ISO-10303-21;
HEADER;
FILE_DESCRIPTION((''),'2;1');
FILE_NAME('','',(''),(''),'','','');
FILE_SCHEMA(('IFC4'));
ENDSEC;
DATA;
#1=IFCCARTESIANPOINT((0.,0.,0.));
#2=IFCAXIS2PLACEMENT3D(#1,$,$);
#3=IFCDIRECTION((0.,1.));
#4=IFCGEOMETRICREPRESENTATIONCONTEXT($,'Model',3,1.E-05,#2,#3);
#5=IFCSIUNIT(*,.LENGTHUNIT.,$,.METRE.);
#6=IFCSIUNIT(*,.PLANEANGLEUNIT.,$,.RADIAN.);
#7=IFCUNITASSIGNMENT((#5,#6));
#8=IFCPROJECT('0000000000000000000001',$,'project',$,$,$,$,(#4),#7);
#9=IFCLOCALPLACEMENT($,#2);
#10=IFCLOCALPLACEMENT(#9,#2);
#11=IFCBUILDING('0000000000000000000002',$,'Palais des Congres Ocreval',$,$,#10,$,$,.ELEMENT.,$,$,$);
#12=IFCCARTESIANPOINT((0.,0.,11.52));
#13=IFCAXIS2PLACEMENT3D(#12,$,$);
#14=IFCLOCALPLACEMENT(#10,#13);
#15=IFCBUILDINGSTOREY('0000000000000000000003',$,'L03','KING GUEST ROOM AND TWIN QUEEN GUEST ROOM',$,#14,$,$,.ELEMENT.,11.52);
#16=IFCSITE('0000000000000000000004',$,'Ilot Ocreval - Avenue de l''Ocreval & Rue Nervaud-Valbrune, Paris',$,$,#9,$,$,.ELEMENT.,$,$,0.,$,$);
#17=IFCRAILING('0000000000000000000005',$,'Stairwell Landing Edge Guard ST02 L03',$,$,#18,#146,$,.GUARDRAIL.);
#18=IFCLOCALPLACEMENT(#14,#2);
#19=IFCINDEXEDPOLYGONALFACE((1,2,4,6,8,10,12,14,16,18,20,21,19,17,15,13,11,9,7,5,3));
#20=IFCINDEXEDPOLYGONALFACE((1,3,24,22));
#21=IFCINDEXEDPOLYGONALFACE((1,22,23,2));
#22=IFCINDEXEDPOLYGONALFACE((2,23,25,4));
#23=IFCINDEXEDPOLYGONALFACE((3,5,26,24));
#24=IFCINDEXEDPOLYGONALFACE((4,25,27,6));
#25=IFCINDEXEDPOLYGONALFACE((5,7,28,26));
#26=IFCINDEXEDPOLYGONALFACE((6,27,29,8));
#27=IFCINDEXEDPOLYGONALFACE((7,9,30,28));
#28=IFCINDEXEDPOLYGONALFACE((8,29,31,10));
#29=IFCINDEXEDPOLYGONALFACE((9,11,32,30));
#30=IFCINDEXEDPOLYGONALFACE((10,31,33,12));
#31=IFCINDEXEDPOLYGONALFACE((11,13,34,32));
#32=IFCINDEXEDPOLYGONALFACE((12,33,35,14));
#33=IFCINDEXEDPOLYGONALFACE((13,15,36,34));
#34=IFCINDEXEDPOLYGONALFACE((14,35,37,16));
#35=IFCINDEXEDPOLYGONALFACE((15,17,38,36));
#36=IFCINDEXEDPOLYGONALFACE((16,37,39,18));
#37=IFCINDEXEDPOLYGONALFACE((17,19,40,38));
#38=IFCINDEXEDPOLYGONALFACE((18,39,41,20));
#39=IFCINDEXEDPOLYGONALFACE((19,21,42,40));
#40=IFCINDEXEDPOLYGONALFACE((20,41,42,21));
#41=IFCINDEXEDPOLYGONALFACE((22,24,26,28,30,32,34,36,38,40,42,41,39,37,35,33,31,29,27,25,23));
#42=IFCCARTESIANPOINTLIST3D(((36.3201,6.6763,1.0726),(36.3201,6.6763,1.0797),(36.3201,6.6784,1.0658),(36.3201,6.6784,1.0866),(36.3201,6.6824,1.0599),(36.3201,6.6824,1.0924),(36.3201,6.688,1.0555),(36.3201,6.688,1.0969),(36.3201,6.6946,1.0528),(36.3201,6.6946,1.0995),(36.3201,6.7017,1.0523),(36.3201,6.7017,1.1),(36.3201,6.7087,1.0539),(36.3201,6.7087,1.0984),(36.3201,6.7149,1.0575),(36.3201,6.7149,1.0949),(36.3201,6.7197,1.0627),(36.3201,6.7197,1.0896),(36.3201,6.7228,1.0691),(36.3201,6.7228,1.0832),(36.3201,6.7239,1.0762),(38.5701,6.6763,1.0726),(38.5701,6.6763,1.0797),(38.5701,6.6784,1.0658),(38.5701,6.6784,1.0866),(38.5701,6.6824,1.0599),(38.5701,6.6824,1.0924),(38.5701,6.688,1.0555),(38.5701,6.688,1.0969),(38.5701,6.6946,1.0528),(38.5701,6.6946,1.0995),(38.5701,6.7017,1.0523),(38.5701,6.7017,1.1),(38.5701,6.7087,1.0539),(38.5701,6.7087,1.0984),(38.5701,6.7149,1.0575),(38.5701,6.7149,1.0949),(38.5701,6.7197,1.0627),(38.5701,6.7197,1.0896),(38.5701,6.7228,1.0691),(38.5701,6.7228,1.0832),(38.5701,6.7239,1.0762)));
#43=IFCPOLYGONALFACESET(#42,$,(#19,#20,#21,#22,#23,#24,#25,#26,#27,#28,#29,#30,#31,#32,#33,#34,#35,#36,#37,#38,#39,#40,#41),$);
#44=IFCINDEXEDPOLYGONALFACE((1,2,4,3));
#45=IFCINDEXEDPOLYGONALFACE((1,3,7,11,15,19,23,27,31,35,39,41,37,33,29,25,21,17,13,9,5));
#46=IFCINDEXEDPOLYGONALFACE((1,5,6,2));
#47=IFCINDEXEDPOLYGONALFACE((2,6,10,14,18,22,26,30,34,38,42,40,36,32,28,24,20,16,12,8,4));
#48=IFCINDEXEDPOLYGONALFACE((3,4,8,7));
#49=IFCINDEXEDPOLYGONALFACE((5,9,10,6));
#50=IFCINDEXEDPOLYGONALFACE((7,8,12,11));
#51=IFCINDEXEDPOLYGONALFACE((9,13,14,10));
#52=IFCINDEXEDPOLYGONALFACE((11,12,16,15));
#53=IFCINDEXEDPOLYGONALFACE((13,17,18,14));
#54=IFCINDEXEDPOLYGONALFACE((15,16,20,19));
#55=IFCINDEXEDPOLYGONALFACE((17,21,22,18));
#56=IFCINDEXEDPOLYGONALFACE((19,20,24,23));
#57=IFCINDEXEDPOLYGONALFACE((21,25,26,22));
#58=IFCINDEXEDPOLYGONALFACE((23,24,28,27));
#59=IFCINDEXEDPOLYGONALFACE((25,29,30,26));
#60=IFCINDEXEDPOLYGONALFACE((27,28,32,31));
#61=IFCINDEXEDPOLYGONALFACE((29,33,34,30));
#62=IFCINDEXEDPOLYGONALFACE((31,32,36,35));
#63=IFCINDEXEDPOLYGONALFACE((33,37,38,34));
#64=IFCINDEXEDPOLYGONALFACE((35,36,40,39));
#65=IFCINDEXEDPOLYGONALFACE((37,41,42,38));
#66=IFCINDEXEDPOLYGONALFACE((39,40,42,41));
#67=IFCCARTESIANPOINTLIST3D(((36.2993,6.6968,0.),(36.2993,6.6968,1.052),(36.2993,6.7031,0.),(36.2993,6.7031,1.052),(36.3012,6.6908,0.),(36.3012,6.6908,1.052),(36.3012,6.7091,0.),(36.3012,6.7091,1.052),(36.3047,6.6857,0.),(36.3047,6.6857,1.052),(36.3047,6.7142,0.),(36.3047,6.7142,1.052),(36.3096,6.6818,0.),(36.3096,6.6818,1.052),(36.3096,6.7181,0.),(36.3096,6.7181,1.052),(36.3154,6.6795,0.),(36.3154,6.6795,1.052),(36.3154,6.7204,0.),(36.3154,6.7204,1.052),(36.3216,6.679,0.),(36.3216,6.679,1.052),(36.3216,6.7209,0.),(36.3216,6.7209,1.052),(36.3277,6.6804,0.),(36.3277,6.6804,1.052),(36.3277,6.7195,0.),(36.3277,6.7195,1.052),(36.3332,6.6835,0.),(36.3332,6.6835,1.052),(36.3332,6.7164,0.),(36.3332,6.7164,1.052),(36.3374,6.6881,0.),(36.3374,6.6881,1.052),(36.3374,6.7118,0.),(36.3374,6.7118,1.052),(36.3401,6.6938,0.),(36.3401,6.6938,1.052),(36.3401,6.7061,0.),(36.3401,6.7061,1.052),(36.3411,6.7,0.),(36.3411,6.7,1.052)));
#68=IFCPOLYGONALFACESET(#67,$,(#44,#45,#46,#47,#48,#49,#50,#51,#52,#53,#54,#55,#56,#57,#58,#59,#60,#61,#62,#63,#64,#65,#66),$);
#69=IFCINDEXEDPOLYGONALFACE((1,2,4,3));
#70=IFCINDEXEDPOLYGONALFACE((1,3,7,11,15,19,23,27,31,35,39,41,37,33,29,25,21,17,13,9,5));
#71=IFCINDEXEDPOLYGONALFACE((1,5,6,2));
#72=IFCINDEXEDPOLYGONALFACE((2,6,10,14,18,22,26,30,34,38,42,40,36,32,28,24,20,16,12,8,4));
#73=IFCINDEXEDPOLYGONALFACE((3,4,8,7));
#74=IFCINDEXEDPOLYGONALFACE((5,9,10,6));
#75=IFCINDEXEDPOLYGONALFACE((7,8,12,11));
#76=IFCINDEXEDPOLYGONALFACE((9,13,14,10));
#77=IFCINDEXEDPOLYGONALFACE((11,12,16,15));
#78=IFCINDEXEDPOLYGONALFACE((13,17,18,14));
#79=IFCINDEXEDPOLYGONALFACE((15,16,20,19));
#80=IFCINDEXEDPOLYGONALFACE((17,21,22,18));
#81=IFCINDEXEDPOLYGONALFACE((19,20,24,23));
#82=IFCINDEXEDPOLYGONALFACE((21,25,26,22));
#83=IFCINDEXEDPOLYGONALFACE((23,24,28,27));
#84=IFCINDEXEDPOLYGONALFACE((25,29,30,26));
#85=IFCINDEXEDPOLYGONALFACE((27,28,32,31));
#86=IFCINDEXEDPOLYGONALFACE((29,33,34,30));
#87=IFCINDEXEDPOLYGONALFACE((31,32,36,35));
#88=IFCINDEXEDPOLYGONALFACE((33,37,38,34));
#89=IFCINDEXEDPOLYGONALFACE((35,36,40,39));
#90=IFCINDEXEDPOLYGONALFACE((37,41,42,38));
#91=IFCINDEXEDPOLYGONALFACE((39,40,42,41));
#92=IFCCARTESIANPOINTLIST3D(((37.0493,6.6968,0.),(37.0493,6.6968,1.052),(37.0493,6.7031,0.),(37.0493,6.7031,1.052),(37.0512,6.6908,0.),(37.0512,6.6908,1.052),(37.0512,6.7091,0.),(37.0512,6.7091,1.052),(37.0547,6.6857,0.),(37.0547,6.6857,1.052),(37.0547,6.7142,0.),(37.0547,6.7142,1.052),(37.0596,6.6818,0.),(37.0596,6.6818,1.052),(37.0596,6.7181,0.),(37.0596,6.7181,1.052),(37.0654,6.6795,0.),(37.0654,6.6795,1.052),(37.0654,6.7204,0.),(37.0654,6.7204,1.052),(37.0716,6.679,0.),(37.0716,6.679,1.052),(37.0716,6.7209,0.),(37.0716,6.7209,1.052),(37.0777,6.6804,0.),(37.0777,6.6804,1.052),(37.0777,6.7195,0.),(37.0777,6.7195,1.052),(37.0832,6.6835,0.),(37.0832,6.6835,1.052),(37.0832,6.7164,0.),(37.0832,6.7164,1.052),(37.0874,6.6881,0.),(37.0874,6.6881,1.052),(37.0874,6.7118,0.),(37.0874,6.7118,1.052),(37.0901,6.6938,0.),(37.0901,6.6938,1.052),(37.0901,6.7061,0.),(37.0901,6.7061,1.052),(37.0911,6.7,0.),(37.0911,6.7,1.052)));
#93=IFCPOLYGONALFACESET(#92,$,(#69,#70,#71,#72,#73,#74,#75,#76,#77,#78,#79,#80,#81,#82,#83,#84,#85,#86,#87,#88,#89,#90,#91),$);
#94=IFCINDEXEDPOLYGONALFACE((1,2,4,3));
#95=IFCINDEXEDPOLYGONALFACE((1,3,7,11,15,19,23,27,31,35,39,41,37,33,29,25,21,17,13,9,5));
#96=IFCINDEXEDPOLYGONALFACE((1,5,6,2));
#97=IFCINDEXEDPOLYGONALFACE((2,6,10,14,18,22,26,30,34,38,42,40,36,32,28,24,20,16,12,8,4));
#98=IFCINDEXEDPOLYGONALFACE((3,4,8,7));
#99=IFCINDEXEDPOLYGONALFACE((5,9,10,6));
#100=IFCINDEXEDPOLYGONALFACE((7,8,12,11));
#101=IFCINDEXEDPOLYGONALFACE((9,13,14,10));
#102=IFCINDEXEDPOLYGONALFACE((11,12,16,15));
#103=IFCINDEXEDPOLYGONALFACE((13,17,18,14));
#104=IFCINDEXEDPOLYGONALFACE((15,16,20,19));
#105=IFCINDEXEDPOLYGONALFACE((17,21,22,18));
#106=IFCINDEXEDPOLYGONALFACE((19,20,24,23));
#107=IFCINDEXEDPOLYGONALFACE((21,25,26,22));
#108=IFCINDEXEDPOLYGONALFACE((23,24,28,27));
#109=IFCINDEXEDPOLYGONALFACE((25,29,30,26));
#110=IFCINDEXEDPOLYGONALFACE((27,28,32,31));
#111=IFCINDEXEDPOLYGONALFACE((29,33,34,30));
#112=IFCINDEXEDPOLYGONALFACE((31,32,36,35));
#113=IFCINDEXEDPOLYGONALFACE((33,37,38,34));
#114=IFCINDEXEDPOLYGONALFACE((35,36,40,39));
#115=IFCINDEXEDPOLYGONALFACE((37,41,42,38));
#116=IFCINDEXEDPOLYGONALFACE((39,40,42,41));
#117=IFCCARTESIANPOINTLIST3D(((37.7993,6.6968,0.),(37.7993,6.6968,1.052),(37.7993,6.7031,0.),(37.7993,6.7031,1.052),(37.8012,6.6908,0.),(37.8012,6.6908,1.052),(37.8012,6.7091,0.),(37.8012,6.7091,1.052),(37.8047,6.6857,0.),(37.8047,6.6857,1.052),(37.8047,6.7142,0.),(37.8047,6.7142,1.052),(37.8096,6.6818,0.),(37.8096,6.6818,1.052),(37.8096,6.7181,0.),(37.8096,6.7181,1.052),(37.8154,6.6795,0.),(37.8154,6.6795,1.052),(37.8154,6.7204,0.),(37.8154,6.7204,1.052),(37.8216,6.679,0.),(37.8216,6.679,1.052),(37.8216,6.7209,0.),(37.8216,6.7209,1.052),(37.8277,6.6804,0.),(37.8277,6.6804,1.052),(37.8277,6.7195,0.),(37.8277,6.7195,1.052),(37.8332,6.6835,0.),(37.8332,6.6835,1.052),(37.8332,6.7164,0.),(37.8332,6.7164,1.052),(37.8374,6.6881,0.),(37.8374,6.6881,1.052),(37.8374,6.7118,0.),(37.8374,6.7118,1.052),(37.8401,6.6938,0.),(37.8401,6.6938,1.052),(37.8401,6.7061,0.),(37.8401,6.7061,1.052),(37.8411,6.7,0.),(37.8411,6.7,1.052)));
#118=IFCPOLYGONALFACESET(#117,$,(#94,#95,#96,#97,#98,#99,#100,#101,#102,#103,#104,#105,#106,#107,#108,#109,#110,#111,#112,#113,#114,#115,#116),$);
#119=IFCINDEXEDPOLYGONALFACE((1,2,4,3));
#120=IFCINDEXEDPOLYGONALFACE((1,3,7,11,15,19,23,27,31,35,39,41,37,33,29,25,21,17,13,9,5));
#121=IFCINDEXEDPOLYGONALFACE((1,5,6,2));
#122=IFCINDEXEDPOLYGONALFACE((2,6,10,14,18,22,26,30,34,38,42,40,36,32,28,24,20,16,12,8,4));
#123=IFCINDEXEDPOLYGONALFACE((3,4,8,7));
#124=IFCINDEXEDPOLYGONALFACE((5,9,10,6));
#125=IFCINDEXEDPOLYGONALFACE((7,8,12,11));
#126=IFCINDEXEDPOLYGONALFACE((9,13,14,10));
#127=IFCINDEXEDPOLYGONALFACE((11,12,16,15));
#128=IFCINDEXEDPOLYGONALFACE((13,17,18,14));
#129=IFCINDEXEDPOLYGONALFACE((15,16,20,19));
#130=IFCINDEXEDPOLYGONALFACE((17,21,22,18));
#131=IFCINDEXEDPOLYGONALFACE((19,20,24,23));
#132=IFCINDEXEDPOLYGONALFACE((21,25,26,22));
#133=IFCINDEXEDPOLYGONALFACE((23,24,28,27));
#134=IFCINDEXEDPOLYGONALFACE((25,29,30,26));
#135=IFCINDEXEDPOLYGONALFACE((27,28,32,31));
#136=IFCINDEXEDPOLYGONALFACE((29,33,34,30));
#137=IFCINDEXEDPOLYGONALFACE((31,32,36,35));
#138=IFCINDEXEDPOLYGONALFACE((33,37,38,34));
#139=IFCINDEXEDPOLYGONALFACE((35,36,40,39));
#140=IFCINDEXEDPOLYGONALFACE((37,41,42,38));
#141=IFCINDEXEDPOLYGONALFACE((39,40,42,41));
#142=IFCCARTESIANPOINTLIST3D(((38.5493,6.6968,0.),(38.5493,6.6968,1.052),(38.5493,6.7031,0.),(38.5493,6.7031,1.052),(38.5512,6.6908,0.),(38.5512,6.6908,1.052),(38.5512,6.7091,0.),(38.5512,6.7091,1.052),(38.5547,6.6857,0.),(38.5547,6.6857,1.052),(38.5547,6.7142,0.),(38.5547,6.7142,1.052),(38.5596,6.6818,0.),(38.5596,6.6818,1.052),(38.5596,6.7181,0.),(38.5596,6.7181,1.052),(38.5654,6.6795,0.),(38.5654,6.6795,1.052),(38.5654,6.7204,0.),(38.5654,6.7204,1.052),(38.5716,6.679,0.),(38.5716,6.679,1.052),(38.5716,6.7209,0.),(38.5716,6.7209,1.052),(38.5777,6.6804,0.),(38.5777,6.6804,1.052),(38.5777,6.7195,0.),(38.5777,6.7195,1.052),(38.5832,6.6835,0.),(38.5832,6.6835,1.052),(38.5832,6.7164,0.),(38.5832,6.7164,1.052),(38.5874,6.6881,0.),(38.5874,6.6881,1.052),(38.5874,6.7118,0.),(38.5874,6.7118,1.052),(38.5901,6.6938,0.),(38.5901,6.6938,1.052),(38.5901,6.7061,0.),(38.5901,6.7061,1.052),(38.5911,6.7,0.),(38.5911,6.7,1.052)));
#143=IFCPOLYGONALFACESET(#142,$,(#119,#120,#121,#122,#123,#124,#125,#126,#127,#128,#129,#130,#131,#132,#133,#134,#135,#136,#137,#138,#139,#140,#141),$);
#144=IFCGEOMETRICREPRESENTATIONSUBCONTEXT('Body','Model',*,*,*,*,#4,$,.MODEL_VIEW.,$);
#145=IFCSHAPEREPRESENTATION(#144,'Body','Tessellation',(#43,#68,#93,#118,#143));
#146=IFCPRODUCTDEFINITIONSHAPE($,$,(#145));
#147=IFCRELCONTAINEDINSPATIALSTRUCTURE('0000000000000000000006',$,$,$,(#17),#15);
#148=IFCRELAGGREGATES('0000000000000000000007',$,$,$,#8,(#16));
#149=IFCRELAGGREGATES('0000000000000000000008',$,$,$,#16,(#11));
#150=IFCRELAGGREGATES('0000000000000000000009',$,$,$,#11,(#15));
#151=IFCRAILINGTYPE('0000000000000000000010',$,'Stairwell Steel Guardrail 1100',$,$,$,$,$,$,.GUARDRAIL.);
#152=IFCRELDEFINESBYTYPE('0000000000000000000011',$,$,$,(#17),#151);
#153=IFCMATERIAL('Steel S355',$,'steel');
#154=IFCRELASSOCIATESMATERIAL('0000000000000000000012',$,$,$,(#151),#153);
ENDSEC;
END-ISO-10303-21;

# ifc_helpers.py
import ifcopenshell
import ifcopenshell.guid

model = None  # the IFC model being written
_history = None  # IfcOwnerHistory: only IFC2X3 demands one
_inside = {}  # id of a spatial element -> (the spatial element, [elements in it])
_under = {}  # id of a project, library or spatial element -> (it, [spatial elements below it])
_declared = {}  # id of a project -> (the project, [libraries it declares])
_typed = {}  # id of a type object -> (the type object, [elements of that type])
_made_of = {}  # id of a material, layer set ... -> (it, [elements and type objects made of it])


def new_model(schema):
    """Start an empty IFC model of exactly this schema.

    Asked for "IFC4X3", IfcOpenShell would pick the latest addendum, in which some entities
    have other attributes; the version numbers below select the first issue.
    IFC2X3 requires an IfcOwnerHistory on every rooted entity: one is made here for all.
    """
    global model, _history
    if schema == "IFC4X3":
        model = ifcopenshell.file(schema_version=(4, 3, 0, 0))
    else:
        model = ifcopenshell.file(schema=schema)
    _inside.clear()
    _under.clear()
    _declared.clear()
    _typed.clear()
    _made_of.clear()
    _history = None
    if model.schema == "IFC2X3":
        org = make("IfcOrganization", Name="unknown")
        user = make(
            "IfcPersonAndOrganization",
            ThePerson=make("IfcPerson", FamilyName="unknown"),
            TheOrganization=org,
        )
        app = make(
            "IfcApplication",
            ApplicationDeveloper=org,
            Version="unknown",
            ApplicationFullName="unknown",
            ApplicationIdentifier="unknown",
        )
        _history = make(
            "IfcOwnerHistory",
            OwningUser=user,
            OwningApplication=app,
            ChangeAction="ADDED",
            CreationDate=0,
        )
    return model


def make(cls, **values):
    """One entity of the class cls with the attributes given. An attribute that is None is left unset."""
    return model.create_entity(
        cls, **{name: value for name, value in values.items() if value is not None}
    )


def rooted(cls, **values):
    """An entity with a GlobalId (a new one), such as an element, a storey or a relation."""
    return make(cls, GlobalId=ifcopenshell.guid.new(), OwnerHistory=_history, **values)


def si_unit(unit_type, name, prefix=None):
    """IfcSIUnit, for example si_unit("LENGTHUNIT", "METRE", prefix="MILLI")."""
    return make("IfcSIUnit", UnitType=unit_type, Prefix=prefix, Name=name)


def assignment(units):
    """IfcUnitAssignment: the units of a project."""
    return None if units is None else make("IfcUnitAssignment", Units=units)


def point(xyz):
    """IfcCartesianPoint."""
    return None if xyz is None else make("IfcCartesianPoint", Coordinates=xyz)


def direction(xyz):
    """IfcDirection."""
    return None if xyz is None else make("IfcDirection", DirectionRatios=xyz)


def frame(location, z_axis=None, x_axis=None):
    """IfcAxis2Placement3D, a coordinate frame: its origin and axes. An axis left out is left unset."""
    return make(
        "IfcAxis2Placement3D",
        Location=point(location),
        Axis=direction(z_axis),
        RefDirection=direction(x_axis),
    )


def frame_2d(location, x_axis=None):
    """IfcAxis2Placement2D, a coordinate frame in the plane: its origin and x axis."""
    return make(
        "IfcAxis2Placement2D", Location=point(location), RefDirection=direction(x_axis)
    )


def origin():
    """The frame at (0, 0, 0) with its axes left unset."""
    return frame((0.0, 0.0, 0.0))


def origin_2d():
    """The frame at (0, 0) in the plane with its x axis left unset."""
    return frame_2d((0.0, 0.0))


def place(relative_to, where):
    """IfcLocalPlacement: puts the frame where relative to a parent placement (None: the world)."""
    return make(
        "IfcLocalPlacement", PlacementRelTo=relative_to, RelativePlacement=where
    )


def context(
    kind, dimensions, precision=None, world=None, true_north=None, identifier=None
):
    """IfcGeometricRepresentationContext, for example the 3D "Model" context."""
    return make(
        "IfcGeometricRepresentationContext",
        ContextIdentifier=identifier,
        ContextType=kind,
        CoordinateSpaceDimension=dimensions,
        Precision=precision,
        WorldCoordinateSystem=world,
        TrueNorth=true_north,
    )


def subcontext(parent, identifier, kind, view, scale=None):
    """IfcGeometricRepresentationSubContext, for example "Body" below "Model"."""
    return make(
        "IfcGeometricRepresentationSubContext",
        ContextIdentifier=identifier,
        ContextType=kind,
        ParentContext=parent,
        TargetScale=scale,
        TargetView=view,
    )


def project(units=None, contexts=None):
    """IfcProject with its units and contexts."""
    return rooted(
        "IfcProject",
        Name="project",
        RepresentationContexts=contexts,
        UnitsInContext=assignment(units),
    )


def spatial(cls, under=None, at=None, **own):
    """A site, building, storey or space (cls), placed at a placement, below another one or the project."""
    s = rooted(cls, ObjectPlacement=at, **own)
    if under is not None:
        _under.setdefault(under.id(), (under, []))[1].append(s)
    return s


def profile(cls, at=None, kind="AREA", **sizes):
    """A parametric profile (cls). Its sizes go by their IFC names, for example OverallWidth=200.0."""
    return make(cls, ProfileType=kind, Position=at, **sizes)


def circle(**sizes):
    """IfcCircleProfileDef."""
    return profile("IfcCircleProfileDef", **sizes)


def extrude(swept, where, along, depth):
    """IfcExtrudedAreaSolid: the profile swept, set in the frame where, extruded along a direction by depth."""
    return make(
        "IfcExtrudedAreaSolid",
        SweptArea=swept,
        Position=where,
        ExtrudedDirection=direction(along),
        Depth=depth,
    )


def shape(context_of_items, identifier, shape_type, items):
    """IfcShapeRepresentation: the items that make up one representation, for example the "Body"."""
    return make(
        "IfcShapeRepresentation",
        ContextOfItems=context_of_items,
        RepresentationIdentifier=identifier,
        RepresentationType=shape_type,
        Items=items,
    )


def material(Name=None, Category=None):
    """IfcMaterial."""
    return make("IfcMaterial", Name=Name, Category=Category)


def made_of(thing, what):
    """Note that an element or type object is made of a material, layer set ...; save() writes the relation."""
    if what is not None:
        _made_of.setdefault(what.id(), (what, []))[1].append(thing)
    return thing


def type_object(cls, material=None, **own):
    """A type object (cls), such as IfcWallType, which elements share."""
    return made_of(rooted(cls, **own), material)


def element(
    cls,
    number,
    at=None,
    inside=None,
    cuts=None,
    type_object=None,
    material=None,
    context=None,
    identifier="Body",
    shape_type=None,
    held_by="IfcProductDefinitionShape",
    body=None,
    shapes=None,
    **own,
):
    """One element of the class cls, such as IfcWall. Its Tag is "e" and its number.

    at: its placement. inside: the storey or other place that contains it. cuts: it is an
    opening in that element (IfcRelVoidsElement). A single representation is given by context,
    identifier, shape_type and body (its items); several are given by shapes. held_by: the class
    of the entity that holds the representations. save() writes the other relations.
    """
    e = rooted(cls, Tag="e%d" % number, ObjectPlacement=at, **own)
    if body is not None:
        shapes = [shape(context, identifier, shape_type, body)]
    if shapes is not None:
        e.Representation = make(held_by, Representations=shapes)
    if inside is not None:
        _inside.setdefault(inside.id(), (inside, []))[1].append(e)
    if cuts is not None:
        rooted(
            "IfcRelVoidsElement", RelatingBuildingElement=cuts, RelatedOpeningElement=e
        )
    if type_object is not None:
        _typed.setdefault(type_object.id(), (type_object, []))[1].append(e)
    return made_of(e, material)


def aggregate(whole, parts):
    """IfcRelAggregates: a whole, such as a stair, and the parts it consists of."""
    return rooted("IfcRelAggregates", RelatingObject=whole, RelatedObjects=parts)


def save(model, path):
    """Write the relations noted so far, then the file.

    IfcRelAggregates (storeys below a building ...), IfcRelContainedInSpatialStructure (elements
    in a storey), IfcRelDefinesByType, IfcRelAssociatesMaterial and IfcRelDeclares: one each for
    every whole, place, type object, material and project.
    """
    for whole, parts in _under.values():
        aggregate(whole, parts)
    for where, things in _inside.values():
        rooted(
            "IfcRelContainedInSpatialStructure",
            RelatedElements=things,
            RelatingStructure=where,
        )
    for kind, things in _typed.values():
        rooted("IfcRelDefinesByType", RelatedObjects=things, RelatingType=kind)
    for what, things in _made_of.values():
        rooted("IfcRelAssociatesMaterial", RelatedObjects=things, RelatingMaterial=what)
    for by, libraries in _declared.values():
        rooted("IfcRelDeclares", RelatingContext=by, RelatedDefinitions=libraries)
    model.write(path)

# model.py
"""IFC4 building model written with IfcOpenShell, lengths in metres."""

from ifc_helpers import new_model, si_unit, direction, frame, origin, origin_2d, place, context, subcontext, project, spatial, circle, extrude, material, type_object, element, save


model = new_model("IFC4")

# Units and contexts
model_context = context("Model", 3, precision=1e-05, world=origin(), true_north=direction((0.0, 1.0)))
body_context = subcontext(model_context, "Body", "Model", "MODEL_VIEW")
ifc_project = project(units=[si_unit("LENGTHUNIT", "METRE"), si_unit("PLANEANGLEUNIT", "RADIAN")], contexts=[model_context])

# Site, building, storey
site_placement = place(None, origin())
site = spatial("IfcSite", under=ifc_project, at=site_placement, Name="Ilot Ocreval - Avenue de l'Ocreval & Rue Nervaud-Valbrune, Paris", CompositionType="ELEMENT", RefElevation=0.0)
building_placement = place(site_placement, origin())
building = spatial("IfcBuilding", under=site, at=building_placement, Name="Palais des Congres Ocreval", CompositionType="ELEMENT")
storey_placement = place(building_placement, frame((0.0, 0.0, 11.52)))
storey = spatial("IfcBuildingStorey", under=building, at=storey_placement, Name="L03", Description="KING GUEST ROOM AND TWIN QUEEN GUEST ROOM", CompositionType="ELEMENT", Elevation=11.52)

# Shared definitions
ifc_material_1 = material(Name="Steel S355", Category="steel")

# Railing
railing_type_1 = type_object("IfcRailingType", Name="Stairwell Steel Guardrail 1100", PredefinedType="GUARDRAIL", material=ifc_material_1)
railing_1_placement = place(storey_placement, frame((36.3201, 6.7, 0.0)))
element("IfcRailing", 1, at=railing_1_placement, inside=storey, type_object=railing_type_1, Name="Stairwell Landing Edge Guard ST02 L03", PredefinedType="GUARDRAIL", context=body_context, shape_type="SweptSolid", body=[
    extrude(circle(Radius=0.0239, at=origin_2d()), frame((0.0, 0.0, 1.0762), z_axis=(1.0, 0.0, 0.0), x_axis=(0.0, 1.0, 0.0)), (0.0, 0.0, 1.0), 2.25),
    extrude(circle(Radius=0.021, at=origin_2d()), origin(), (0.0, 0.0, 1.0), 1.052),
    extrude(circle(Radius=0.021, at=origin_2d()), frame((0.75, 0.0, 0.0)), (0.0, 0.0, 1.0), 1.052),
    extrude(circle(Radius=0.021, at=origin_2d()), frame((1.5, 0.0, 0.0)), (0.0, 0.0, 1.0), 1.052),
    extrude(circle(Radius=0.021, at=origin_2d()), frame((2.25, 0.0, 0.0)), (0.0, 0.0, 1.0), 1.052),
])

save(model, "model.ifc")
